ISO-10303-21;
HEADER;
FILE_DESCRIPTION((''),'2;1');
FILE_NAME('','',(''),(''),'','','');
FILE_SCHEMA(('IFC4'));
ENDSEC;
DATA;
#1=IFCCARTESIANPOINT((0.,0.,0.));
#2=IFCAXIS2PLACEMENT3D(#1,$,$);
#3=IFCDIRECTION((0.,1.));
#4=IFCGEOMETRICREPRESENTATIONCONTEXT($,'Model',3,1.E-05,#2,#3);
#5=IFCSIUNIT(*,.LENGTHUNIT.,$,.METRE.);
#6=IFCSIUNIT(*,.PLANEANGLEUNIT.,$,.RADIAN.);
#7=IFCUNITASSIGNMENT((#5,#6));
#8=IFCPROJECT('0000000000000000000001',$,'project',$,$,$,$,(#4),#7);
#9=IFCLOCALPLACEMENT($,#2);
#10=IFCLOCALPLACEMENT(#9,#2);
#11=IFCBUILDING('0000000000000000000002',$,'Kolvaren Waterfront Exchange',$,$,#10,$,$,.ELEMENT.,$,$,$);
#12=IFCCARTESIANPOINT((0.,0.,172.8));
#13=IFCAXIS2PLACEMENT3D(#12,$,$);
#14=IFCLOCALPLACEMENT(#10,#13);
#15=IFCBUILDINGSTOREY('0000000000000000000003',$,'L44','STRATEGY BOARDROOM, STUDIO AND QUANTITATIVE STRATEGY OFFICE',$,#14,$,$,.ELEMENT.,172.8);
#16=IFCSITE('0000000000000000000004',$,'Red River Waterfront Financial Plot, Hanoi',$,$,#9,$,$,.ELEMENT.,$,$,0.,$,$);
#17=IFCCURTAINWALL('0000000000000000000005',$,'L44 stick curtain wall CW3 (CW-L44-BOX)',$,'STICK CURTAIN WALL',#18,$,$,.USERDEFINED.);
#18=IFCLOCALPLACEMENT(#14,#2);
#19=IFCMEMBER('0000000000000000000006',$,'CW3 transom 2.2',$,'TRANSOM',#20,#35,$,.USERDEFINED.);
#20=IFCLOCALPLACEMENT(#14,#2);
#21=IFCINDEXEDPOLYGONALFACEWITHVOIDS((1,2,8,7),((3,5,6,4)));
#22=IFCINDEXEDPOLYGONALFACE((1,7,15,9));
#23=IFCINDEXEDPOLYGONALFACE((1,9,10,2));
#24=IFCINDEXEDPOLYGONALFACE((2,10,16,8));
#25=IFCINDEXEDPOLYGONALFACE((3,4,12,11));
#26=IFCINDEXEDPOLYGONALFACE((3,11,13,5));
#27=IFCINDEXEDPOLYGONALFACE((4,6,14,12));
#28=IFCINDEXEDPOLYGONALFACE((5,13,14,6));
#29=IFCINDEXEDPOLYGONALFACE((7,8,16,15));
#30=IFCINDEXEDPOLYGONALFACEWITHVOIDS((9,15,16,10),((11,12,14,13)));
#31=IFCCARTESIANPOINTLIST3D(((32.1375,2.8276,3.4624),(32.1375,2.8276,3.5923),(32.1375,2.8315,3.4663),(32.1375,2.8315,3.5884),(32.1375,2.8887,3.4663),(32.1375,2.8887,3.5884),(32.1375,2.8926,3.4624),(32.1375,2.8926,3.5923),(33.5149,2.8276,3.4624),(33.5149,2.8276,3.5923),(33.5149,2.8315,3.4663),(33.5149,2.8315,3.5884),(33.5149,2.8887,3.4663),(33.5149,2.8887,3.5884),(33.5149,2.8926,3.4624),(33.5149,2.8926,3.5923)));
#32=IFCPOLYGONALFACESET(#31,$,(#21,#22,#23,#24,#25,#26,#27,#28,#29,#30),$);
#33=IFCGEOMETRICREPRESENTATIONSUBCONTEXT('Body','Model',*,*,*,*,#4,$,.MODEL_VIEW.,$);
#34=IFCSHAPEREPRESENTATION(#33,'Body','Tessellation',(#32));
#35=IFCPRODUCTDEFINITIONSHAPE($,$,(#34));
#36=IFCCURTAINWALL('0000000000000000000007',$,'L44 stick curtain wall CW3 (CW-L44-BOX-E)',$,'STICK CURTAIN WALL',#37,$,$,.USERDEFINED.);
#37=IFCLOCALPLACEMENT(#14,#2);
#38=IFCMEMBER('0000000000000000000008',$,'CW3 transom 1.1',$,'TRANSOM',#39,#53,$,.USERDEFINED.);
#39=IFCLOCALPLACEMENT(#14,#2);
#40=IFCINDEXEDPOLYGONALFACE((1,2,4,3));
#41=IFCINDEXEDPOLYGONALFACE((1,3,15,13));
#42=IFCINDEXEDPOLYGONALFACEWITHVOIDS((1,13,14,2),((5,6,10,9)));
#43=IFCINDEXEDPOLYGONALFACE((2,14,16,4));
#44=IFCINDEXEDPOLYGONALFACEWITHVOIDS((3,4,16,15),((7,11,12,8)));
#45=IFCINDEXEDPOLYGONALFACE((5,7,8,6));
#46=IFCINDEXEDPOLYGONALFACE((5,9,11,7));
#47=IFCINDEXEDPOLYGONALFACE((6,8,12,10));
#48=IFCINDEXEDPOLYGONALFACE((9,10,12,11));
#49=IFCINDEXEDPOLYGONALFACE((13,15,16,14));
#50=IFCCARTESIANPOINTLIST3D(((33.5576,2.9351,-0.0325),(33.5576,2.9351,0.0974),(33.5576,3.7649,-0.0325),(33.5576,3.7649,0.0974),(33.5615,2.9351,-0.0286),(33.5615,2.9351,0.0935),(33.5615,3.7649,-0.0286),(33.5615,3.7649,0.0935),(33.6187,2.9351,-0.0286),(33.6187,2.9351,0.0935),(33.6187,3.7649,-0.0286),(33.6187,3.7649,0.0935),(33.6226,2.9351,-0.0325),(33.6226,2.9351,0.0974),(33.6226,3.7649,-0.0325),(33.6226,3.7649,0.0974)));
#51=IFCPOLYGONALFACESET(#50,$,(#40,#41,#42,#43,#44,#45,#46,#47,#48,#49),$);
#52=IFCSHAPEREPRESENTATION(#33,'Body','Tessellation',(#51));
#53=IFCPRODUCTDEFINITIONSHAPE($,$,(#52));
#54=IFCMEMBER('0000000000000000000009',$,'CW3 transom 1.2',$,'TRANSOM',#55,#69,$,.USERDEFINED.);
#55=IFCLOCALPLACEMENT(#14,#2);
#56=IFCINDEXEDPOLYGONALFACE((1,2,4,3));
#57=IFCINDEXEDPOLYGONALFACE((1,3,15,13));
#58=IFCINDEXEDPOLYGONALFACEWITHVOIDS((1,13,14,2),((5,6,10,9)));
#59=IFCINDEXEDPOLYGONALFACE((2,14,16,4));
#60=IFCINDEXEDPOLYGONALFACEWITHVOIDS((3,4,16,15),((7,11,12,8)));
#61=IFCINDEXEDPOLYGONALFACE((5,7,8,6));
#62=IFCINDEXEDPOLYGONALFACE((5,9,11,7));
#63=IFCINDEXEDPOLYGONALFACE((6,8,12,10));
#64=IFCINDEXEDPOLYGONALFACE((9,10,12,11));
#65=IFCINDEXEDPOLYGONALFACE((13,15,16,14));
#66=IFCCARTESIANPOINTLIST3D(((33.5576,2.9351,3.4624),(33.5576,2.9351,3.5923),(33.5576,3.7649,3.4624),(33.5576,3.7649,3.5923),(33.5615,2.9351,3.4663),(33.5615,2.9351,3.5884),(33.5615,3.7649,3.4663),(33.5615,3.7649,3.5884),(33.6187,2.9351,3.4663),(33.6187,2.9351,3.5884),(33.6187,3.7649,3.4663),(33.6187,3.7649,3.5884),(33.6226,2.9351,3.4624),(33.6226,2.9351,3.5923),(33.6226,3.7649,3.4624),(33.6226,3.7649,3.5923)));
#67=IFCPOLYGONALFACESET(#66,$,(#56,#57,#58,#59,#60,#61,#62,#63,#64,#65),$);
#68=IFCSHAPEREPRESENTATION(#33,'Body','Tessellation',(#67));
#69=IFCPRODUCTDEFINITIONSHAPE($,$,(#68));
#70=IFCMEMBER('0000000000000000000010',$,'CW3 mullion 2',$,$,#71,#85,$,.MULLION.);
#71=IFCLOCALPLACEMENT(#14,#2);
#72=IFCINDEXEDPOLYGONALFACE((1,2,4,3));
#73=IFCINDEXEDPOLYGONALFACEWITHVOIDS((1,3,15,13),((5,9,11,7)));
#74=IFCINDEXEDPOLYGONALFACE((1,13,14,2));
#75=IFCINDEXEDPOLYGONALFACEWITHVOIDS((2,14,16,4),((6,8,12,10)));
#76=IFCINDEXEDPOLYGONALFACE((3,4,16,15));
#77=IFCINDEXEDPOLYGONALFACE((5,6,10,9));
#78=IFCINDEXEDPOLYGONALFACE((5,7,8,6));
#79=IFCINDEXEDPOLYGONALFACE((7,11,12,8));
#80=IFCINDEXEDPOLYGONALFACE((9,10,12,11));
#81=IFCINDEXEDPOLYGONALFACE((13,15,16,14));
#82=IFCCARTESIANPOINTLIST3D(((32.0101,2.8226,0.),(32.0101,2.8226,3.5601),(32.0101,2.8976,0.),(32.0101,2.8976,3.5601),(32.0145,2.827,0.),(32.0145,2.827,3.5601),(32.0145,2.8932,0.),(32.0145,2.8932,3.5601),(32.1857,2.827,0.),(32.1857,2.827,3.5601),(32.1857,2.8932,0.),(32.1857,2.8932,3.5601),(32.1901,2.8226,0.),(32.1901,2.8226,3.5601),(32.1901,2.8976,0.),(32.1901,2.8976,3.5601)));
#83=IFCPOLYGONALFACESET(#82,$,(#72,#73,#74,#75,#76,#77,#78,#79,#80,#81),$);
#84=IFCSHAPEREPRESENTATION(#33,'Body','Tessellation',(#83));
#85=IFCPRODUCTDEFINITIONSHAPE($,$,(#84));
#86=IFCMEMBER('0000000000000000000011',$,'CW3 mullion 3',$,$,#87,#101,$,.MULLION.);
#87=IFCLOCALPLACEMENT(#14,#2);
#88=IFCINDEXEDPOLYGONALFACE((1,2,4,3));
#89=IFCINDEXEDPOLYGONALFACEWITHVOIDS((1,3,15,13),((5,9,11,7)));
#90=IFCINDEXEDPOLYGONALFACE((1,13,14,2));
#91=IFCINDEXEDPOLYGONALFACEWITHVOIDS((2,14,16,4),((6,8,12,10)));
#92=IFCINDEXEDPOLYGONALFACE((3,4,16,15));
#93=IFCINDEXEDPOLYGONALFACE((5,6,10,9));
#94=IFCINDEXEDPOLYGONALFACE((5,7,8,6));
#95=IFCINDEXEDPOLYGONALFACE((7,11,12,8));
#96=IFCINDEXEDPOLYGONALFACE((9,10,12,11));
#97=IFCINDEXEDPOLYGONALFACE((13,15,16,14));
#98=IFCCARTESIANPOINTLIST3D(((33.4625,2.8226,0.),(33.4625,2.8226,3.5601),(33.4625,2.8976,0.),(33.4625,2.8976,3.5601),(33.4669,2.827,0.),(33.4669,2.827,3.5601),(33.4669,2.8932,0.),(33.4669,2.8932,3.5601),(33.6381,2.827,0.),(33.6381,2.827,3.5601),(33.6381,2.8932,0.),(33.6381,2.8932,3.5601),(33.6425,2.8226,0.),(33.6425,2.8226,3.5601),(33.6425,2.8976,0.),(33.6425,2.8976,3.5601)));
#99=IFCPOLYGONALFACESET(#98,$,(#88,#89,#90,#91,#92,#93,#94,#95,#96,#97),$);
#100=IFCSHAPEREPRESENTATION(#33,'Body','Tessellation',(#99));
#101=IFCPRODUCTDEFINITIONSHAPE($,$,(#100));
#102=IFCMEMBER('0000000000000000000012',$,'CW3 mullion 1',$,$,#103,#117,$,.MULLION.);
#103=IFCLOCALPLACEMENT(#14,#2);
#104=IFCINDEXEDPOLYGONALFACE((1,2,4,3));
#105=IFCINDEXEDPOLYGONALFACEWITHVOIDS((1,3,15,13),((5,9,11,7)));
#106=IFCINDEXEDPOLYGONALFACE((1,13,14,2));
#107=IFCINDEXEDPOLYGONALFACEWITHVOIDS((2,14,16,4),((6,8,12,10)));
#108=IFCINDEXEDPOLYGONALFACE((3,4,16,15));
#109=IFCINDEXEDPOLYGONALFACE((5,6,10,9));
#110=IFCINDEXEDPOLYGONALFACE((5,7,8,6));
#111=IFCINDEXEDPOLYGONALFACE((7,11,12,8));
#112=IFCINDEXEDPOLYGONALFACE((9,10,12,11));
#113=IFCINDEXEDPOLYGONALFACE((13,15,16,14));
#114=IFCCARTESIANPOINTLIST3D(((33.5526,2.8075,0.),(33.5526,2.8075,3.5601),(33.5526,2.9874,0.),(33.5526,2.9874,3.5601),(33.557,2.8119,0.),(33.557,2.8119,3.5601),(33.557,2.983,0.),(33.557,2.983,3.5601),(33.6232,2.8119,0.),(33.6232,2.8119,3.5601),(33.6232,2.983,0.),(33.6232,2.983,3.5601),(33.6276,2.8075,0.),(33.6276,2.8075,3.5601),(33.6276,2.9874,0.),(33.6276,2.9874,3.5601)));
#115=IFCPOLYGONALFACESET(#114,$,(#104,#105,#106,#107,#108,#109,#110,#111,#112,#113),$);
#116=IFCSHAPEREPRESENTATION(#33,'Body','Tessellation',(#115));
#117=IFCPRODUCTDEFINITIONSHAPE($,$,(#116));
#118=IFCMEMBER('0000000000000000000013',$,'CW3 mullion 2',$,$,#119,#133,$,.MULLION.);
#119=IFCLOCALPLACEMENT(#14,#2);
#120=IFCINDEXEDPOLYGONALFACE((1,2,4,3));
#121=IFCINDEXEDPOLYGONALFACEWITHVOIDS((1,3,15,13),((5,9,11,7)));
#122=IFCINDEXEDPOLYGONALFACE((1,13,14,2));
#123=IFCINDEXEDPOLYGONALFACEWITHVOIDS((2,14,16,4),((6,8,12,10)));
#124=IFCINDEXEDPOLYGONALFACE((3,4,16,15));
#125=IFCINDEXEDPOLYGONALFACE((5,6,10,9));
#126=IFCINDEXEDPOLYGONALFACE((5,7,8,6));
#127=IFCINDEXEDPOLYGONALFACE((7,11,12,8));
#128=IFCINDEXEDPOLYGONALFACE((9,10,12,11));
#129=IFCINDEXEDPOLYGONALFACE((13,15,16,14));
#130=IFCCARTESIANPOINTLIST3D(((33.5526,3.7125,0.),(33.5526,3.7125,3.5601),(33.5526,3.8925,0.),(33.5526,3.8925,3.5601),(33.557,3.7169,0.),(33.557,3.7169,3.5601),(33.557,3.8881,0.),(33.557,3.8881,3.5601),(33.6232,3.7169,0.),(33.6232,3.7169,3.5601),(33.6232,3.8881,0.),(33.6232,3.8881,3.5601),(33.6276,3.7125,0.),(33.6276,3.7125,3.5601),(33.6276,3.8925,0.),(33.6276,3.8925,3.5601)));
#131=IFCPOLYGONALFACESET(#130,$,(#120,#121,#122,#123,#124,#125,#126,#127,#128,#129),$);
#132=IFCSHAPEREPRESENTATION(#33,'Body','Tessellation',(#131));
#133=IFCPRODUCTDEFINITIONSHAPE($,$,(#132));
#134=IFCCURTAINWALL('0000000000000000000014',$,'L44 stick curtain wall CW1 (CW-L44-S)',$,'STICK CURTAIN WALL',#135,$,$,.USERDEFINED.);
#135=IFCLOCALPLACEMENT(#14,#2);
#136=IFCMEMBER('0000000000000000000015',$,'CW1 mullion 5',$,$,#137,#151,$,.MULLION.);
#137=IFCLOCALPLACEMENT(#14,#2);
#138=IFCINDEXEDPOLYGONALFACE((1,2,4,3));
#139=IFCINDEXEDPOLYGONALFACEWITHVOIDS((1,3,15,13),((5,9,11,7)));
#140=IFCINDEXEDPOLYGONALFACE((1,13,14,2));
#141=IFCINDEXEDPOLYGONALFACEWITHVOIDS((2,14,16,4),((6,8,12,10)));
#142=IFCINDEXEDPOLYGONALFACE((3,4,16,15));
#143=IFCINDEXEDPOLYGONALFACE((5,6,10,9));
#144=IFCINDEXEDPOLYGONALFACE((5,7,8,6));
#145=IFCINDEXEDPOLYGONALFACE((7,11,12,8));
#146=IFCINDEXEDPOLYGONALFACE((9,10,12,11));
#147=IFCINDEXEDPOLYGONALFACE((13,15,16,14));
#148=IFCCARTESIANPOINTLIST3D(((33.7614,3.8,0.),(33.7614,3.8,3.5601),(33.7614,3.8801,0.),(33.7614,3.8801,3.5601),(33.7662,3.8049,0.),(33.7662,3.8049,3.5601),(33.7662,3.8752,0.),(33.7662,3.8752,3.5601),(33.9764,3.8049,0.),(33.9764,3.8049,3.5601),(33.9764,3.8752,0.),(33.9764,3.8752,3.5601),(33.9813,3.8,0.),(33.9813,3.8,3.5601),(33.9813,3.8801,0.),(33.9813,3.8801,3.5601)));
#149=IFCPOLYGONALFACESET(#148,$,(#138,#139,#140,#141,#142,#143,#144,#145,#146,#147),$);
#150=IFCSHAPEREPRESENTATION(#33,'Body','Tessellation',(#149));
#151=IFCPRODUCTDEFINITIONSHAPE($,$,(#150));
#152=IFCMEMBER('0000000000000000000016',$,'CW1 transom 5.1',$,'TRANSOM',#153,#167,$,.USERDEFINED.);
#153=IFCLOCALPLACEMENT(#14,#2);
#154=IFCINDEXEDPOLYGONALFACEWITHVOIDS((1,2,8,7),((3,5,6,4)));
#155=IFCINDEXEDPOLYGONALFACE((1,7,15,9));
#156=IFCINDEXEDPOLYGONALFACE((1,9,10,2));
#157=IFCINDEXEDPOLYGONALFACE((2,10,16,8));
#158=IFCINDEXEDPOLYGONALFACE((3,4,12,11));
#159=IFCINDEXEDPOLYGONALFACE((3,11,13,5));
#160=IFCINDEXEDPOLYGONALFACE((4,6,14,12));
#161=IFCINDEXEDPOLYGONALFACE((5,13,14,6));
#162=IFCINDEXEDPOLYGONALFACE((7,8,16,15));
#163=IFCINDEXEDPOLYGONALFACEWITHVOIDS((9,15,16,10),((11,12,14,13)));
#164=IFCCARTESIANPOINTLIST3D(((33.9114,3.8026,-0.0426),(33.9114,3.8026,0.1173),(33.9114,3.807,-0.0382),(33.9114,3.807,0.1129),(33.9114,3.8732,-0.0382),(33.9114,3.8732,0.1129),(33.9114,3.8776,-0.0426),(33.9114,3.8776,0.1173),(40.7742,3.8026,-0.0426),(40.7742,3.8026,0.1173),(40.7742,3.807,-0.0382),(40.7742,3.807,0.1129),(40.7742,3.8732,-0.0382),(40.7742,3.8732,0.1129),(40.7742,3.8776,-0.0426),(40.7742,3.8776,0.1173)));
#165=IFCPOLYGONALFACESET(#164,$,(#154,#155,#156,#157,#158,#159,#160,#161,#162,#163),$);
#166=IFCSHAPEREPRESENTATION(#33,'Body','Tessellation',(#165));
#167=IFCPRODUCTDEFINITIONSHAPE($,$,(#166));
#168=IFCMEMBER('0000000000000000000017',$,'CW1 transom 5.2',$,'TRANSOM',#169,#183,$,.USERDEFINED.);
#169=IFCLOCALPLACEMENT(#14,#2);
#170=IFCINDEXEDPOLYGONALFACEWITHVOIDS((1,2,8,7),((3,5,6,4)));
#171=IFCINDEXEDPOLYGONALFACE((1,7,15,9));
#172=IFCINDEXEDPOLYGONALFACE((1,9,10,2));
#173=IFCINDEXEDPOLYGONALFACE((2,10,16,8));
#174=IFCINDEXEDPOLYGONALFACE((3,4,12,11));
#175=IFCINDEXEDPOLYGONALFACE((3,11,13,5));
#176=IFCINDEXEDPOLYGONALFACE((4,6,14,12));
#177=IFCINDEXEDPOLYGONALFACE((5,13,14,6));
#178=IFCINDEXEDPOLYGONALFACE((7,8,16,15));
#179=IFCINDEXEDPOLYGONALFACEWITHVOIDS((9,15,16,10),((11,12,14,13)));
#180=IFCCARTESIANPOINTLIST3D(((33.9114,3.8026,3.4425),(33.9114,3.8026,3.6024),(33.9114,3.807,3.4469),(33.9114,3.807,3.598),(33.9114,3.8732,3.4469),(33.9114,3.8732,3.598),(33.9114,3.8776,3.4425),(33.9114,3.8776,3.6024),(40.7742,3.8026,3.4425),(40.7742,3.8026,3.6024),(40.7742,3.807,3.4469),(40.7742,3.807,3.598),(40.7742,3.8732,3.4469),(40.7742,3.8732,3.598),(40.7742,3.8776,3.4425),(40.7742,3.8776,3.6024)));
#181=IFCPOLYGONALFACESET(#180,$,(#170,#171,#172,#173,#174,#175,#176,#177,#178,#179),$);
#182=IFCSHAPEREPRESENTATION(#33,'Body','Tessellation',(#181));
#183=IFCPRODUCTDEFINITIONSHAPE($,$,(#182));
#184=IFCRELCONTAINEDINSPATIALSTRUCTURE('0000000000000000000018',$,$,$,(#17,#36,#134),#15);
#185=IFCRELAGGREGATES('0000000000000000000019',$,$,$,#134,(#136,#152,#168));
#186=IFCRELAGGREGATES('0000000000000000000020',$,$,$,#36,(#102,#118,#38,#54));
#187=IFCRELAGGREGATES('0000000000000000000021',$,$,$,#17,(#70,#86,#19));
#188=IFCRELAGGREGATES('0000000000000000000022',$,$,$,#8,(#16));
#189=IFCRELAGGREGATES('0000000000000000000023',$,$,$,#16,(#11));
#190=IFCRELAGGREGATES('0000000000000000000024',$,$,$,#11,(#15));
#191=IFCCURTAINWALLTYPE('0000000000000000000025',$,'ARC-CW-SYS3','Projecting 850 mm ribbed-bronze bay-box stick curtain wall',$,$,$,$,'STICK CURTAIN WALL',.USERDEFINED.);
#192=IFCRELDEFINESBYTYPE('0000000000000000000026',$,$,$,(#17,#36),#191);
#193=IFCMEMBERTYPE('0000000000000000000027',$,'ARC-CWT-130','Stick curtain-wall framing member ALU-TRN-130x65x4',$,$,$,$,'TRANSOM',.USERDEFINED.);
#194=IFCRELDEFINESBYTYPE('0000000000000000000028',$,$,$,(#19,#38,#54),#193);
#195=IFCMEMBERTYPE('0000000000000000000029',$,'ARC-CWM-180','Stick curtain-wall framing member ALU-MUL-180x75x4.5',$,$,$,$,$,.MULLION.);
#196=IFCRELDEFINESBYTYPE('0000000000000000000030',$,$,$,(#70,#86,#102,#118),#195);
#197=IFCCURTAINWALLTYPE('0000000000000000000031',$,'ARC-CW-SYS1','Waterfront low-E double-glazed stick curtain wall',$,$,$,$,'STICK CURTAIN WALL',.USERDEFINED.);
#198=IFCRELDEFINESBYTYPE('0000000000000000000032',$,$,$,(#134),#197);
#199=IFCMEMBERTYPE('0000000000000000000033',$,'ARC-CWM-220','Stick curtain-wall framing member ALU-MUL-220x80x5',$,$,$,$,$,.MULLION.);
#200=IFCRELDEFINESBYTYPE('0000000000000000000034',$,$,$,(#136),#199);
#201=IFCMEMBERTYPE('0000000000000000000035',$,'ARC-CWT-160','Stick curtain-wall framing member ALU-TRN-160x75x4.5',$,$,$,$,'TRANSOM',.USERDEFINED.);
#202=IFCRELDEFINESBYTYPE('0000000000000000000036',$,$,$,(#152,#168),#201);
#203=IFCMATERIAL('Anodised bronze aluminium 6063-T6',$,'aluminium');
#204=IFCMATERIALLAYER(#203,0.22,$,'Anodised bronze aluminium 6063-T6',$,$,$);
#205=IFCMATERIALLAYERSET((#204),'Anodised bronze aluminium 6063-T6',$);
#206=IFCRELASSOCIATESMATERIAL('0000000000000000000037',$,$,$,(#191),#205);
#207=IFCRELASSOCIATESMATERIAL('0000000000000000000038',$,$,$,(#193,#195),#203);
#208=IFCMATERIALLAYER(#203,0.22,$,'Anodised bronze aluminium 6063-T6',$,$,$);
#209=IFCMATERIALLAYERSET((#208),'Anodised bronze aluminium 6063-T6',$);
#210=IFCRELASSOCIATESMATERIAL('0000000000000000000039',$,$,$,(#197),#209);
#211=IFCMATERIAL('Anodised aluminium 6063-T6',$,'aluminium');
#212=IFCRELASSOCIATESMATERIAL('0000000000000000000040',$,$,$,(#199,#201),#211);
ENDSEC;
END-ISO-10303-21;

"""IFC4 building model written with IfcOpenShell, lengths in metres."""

from ifc_helpers import new_model, si_unit, direction, frame, origin, origin_with_axes, origin_2d, place, context, subcontext, project, spatial, hollow_rectangle, extrude, source, transform, mapped, material, layer, layer_set, material_profile, profile_set, type_object, element, aggregate, save


model = new_model("IFC4")

# Units and contexts
model_context = context("Model", 3, precision=1e-05, world=origin(), true_north=direction((0.0, 1.0)))
body_context = subcontext(model_context, "Body", "Model", "MODEL_VIEW")
ifc_project = project(units=[si_unit("LENGTHUNIT", "METRE"), si_unit("PLANEANGLEUNIT", "RADIAN")], contexts=[model_context])

# Site, building, storey
site_placement = place(None, origin())
site = spatial("IfcSite", under=ifc_project, at=site_placement, Name="Red River Waterfront Financial Plot, Hanoi", CompositionType="ELEMENT", RefElevation=0.0)
building_placement = place(site_placement, origin())
building = spatial("IfcBuilding", under=site, at=building_placement, Name="Kolvaren Waterfront Exchange", CompositionType="ELEMENT")
storey_placement = place(building_placement, frame((0.0, 0.0, 172.8)))
storey = spatial("IfcBuildingStorey", under=building, at=storey_placement, Name="L44", Description="STRATEGY BOARDROOM, STUDIO AND QUANTITATIVE STRATEGY OFFICE", CompositionType="ELEMENT", Elevation=172.8)

# Curtain walls, members
ifc_material_1 = material(Name="Anodised bronze aluminium 6063-T6", Category="aluminium")
ifc_layer_1 = layer(ifc_material_1, 0.22, Name="Anodised bronze aluminium 6063-T6")
ifc_layer_set_1 = layer_set([ifc_layer_1], Name="Anodised bronze aluminium 6063-T6")
curtain_wall_type_1 = type_object("IfcCurtainWallType", Name="ARC-CW-SYS3", Description="Projecting 850 mm ribbed-bronze bay-box stick curtain wall", ElementType="STICK CURTAIN WALL", PredefinedType="USERDEFINED", material=ifc_layer_set_1)
curtain_wall_1_placement = place(storey_placement, origin())
curtain_wall_1 = element("IfcCurtainWall", 1, at=curtain_wall_1_placement, inside=storey, type_object=curtain_wall_type_1, Name="L44 stick curtain wall CW3 (CW-L44-BOX)", ObjectType="STICK CURTAIN WALL", PredefinedType="USERDEFINED")
ifc_material_profile_1 = material_profile(ifc_material_1, hollow_rectangle(XDim=0.0649, YDim=0.1299, WallThickness=0.0039, at=origin_2d()), Name="ALU-TRN-130x65x4")
ifc_profile_set_1 = profile_set([ifc_material_profile_1], Name="Anodised bronze aluminium 6063-T6")
member_type_1 = type_object("IfcMemberType", Name="ARC-CWT-130", Description="Stick curtain-wall framing member ALU-TRN-130x65x4", ElementType="TRANSOM", PredefinedType="USERDEFINED", material=ifc_profile_set_1)
shared_shape_1 = source(origin_with_axes(), body_context, "Body", "SweptSolid", [
    extrude(hollow_rectangle(XDim=0.0649, YDim=0.1299, WallThickness=0.0039, at=origin_2d()), origin(), (0.0, 0.0, 1.0), 1.3774),
])
member_1_placement = place(storey_placement, frame((32.1375, 2.8601, 3.5273), z_axis=(1.0, 0.0, 0.0), x_axis=(0.0, 1.0, 0.0)))
member_1 = element("IfcMember", 2, at=member_1_placement, type_object=member_type_1, Name="CW3 transom 2.2", ObjectType="TRANSOM", PredefinedType="USERDEFINED", context=body_context, shape_type="MappedRepresentation", body=[
    mapped(shared_shape_1, transform((0.0, 0.0, 0.0), x_axis=(1.0, 0.0, 0.0), y_axis=(0.0, 1.0, 0.0), z_axis=(0.0, 0.0, 1.0), scale=1.0)),
])
curtain_wall_2_placement = place(storey_placement, origin())
curtain_wall_2 = element("IfcCurtainWall", 3, at=curtain_wall_2_placement, inside=storey, type_object=curtain_wall_type_1, Name="L44 stick curtain wall CW3 (CW-L44-BOX-E)", ObjectType="STICK CURTAIN WALL", PredefinedType="USERDEFINED")
shared_shape_2 = source(origin_with_axes(), body_context, "Body", "SweptSolid", [
    extrude(hollow_rectangle(XDim=0.0649, YDim=0.1299, WallThickness=0.0039, at=origin_2d()), origin(), (0.0, 0.0, 1.0), 0.8298),
])
member_2_placement = place(storey_placement, frame((33.5901, 2.9351, 0.0325), z_axis=(0.0, 1.0, 0.0), x_axis=(-1.0, 0.0, 0.0)))
member_2 = element("IfcMember", 4, at=member_2_placement, type_object=member_type_1, Name="CW3 transom 1.1", ObjectType="TRANSOM", PredefinedType="USERDEFINED", context=body_context, shape_type="MappedRepresentation", body=[
    mapped(shared_shape_2, transform((0.0, 0.0, 0.0), x_axis=(1.0, 0.0, 0.0), y_axis=(0.0, 1.0, 0.0), z_axis=(0.0, 0.0, 1.0), scale=1.0)),
])
member_3_placement = place(storey_placement, frame((33.5901, 2.9351, 3.5273), z_axis=(0.0, 1.0, 0.0), x_axis=(-1.0, 0.0, 0.0)))
member_3 = element("IfcMember", 5, at=member_3_placement, type_object=member_type_1, Name="CW3 transom 1.2", ObjectType="TRANSOM", PredefinedType="USERDEFINED", context=body_context, shape_type="MappedRepresentation", body=[
    mapped(shared_shape_2, transform((0.0, 0.0, 0.0), x_axis=(1.0, 0.0, 0.0), y_axis=(0.0, 1.0, 0.0), z_axis=(0.0, 0.0, 1.0), scale=1.0)),
])

# Members
ifc_material_profile_2 = material_profile(ifc_material_1, hollow_rectangle(XDim=0.075, YDim=0.1799, WallThickness=0.0044, at=origin_2d()), Name="ALU-MUL-180x75x4.5")
ifc_profile_set_2 = profile_set([ifc_material_profile_2], Name="Anodised bronze aluminium 6063-T6")
member_type_2 = type_object("IfcMemberType", Name="ARC-CWM-180", Description="Stick curtain-wall framing member ALU-MUL-180x75x4.5", PredefinedType="MULLION", material=ifc_profile_set_2)
shared_shape_3 = source(origin_with_axes(), body_context, "Body", "SweptSolid", [
    extrude(hollow_rectangle(XDim=0.075, YDim=0.1799, WallThickness=0.0044, at=origin_2d()), origin(), (0.0, 0.0, 1.0), 3.5601),
])
member_4_placement = place(storey_placement, frame((32.1001, 2.8601, 0.0), z_axis=(0.0, 0.0, 1.0), x_axis=(0.0, 1.0, 0.0)))
member_4 = element("IfcMember", 6, at=member_4_placement, type_object=member_type_2, Name="CW3 mullion 2", PredefinedType="MULLION", context=body_context, shape_type="MappedRepresentation", body=[
    mapped(shared_shape_3, transform((0.0, 0.0, 0.0), x_axis=(1.0, 0.0, 0.0), y_axis=(0.0, 1.0, 0.0), z_axis=(0.0, 0.0, 1.0), scale=1.0)),
])
member_5_placement = place(storey_placement, frame((33.5525, 2.8601, 0.0), z_axis=(0.0, 0.0, 1.0), x_axis=(0.0, 1.0, 0.0)))
member_5 = element("IfcMember", 7, at=member_5_placement, type_object=member_type_2, Name="CW3 mullion 3", PredefinedType="MULLION", context=body_context, shape_type="MappedRepresentation", body=[
    mapped(shared_shape_3, transform((0.0, 0.0, 0.0), x_axis=(1.0, 0.0, 0.0), y_axis=(0.0, 1.0, 0.0), z_axis=(0.0, 0.0, 1.0), scale=1.0)),
])
member_6_placement = place(storey_placement, frame((33.5901, 2.8975, 0.0), z_axis=(0.0, 0.0, 1.0), x_axis=(-1.0, 0.0, 0.0)))
member_6 = element("IfcMember", 8, at=member_6_placement, type_object=member_type_2, Name="CW3 mullion 1", PredefinedType="MULLION", context=body_context, shape_type="MappedRepresentation", body=[
    mapped(shared_shape_3, transform((0.0, 0.0, 0.0), x_axis=(1.0, 0.0, 0.0), y_axis=(0.0, 1.0, 0.0), z_axis=(0.0, 0.0, 1.0), scale=1.0)),
])
member_7_placement = place(storey_placement, frame((33.5901, 3.8025, 0.0), z_axis=(0.0, 0.0, 1.0), x_axis=(-1.0, 0.0, 0.0)))
member_7 = element("IfcMember", 9, at=member_7_placement, type_object=member_type_2, Name="CW3 mullion 2", PredefinedType="MULLION", context=body_context, shape_type="MappedRepresentation", body=[
    mapped(shared_shape_3, transform((0.0, 0.0, 0.0), x_axis=(1.0, 0.0, 0.0), y_axis=(0.0, 1.0, 0.0), z_axis=(0.0, 0.0, 1.0), scale=1.0)),
])

# Curtain wall, members
ifc_layer_2 = layer(ifc_material_1, 0.22, Name="Anodised bronze aluminium 6063-T6")
ifc_layer_set_2 = layer_set([ifc_layer_2], Name="Anodised bronze aluminium 6063-T6")
curtain_wall_type_2 = type_object("IfcCurtainWallType", Name="ARC-CW-SYS1", Description="Waterfront low-E double-glazed stick curtain wall", ElementType="STICK CURTAIN WALL", PredefinedType="USERDEFINED", material=ifc_layer_set_2)
curtain_wall_3_placement = place(storey_placement, origin())
curtain_wall_3 = element("IfcCurtainWall", 10, at=curtain_wall_3_placement, inside=storey, type_object=curtain_wall_type_2, Name="L44 stick curtain wall CW1 (CW-L44-S)", ObjectType="STICK CURTAIN WALL", PredefinedType="USERDEFINED")
ifc_material_2 = material(Name="Anodised aluminium 6063-T6", Category="aluminium")
ifc_material_profile_3 = material_profile(ifc_material_2, hollow_rectangle(XDim=0.0801, YDim=0.22, WallThickness=0.0049, at=origin_2d()), Name="ALU-MUL-220x80x5")
ifc_profile_set_3 = profile_set([ifc_material_profile_3], Name="Anodised aluminium 6063-T6")
member_type_3 = type_object("IfcMemberType", Name="ARC-CWM-220", Description="Stick curtain-wall framing member ALU-MUL-220x80x5", PredefinedType="MULLION", material=ifc_profile_set_3)
shared_shape_4 = source(origin_with_axes(), body_context, "Body", "SweptSolid", [
    extrude(hollow_rectangle(XDim=0.0801, YDim=0.22, WallThickness=0.0049, at=origin_2d()), origin(), (0.0, 0.0, 1.0), 3.5601),
])
member_8_placement = place(storey_placement, frame((33.8713, 3.8401, 0.0), z_axis=(0.0, 0.0, 1.0), x_axis=(0.0, 1.0, 0.0)))
member_8 = element("IfcMember", 11, at=member_8_placement, type_object=member_type_3, Name="CW1 mullion 5", PredefinedType="MULLION", context=body_context, shape_type="MappedRepresentation", body=[
    mapped(shared_shape_4, transform((0.0, 0.0, 0.0), x_axis=(1.0, 0.0, 0.0), y_axis=(0.0, 1.0, 0.0), z_axis=(0.0, 0.0, 1.0), scale=1.0)),
])
ifc_material_profile_4 = material_profile(ifc_material_2, hollow_rectangle(XDim=0.075, YDim=0.1599, WallThickness=0.0044, at=origin_2d()), Name="ALU-TRN-160x75x4.5")
ifc_profile_set_4 = profile_set([ifc_material_profile_4], Name="Anodised aluminium 6063-T6")
member_type_4 = type_object("IfcMemberType", Name="ARC-CWT-160", Description="Stick curtain-wall framing member ALU-TRN-160x75x4.5", ElementType="TRANSOM", PredefinedType="USERDEFINED", material=ifc_profile_set_4)
shared_shape_5 = source(origin_with_axes(), body_context, "Body", "SweptSolid", [
    extrude(hollow_rectangle(XDim=0.075, YDim=0.1599, WallThickness=0.0044, at=origin_2d()), origin(), (0.0, 0.0, 1.0), 6.8628),
])
member_9_placement = place(storey_placement, frame((33.9114, 3.8401, 0.0374), z_axis=(1.0, 0.0, 0.0), x_axis=(0.0, 1.0, 0.0)))
member_9 = element("IfcMember", 12, at=member_9_placement, type_object=member_type_4, Name="CW1 transom 5.1", ObjectType="TRANSOM", PredefinedType="USERDEFINED", context=body_context, shape_type="MappedRepresentation", body=[
    mapped(shared_shape_5, transform((0.0, 0.0, 0.0), x_axis=(1.0, 0.0, 0.0), y_axis=(0.0, 1.0, 0.0), z_axis=(0.0, 0.0, 1.0), scale=1.0)),
])
member_10_placement = place(storey_placement, frame((33.9114, 3.8401, 3.5225), z_axis=(1.0, 0.0, 0.0), x_axis=(0.0, 1.0, 0.0)))
member_10 = element("IfcMember", 13, at=member_10_placement, type_object=member_type_4, Name="CW1 transom 5.2", ObjectType="TRANSOM", PredefinedType="USERDEFINED", context=body_context, shape_type="MappedRepresentation", body=[
    mapped(shared_shape_5, transform((0.0, 0.0, 0.0), x_axis=(1.0, 0.0, 0.0), y_axis=(0.0, 1.0, 0.0), z_axis=(0.0, 0.0, 1.0), scale=1.0)),
])
aggregate(curtain_wall_3, [member_8, member_9, member_10])

aggregate(curtain_wall_2, [member_6, member_7, member_2, member_3])
aggregate(curtain_wall_1, [member_4, member_5, member_1])

save(model, "model.ifc")
